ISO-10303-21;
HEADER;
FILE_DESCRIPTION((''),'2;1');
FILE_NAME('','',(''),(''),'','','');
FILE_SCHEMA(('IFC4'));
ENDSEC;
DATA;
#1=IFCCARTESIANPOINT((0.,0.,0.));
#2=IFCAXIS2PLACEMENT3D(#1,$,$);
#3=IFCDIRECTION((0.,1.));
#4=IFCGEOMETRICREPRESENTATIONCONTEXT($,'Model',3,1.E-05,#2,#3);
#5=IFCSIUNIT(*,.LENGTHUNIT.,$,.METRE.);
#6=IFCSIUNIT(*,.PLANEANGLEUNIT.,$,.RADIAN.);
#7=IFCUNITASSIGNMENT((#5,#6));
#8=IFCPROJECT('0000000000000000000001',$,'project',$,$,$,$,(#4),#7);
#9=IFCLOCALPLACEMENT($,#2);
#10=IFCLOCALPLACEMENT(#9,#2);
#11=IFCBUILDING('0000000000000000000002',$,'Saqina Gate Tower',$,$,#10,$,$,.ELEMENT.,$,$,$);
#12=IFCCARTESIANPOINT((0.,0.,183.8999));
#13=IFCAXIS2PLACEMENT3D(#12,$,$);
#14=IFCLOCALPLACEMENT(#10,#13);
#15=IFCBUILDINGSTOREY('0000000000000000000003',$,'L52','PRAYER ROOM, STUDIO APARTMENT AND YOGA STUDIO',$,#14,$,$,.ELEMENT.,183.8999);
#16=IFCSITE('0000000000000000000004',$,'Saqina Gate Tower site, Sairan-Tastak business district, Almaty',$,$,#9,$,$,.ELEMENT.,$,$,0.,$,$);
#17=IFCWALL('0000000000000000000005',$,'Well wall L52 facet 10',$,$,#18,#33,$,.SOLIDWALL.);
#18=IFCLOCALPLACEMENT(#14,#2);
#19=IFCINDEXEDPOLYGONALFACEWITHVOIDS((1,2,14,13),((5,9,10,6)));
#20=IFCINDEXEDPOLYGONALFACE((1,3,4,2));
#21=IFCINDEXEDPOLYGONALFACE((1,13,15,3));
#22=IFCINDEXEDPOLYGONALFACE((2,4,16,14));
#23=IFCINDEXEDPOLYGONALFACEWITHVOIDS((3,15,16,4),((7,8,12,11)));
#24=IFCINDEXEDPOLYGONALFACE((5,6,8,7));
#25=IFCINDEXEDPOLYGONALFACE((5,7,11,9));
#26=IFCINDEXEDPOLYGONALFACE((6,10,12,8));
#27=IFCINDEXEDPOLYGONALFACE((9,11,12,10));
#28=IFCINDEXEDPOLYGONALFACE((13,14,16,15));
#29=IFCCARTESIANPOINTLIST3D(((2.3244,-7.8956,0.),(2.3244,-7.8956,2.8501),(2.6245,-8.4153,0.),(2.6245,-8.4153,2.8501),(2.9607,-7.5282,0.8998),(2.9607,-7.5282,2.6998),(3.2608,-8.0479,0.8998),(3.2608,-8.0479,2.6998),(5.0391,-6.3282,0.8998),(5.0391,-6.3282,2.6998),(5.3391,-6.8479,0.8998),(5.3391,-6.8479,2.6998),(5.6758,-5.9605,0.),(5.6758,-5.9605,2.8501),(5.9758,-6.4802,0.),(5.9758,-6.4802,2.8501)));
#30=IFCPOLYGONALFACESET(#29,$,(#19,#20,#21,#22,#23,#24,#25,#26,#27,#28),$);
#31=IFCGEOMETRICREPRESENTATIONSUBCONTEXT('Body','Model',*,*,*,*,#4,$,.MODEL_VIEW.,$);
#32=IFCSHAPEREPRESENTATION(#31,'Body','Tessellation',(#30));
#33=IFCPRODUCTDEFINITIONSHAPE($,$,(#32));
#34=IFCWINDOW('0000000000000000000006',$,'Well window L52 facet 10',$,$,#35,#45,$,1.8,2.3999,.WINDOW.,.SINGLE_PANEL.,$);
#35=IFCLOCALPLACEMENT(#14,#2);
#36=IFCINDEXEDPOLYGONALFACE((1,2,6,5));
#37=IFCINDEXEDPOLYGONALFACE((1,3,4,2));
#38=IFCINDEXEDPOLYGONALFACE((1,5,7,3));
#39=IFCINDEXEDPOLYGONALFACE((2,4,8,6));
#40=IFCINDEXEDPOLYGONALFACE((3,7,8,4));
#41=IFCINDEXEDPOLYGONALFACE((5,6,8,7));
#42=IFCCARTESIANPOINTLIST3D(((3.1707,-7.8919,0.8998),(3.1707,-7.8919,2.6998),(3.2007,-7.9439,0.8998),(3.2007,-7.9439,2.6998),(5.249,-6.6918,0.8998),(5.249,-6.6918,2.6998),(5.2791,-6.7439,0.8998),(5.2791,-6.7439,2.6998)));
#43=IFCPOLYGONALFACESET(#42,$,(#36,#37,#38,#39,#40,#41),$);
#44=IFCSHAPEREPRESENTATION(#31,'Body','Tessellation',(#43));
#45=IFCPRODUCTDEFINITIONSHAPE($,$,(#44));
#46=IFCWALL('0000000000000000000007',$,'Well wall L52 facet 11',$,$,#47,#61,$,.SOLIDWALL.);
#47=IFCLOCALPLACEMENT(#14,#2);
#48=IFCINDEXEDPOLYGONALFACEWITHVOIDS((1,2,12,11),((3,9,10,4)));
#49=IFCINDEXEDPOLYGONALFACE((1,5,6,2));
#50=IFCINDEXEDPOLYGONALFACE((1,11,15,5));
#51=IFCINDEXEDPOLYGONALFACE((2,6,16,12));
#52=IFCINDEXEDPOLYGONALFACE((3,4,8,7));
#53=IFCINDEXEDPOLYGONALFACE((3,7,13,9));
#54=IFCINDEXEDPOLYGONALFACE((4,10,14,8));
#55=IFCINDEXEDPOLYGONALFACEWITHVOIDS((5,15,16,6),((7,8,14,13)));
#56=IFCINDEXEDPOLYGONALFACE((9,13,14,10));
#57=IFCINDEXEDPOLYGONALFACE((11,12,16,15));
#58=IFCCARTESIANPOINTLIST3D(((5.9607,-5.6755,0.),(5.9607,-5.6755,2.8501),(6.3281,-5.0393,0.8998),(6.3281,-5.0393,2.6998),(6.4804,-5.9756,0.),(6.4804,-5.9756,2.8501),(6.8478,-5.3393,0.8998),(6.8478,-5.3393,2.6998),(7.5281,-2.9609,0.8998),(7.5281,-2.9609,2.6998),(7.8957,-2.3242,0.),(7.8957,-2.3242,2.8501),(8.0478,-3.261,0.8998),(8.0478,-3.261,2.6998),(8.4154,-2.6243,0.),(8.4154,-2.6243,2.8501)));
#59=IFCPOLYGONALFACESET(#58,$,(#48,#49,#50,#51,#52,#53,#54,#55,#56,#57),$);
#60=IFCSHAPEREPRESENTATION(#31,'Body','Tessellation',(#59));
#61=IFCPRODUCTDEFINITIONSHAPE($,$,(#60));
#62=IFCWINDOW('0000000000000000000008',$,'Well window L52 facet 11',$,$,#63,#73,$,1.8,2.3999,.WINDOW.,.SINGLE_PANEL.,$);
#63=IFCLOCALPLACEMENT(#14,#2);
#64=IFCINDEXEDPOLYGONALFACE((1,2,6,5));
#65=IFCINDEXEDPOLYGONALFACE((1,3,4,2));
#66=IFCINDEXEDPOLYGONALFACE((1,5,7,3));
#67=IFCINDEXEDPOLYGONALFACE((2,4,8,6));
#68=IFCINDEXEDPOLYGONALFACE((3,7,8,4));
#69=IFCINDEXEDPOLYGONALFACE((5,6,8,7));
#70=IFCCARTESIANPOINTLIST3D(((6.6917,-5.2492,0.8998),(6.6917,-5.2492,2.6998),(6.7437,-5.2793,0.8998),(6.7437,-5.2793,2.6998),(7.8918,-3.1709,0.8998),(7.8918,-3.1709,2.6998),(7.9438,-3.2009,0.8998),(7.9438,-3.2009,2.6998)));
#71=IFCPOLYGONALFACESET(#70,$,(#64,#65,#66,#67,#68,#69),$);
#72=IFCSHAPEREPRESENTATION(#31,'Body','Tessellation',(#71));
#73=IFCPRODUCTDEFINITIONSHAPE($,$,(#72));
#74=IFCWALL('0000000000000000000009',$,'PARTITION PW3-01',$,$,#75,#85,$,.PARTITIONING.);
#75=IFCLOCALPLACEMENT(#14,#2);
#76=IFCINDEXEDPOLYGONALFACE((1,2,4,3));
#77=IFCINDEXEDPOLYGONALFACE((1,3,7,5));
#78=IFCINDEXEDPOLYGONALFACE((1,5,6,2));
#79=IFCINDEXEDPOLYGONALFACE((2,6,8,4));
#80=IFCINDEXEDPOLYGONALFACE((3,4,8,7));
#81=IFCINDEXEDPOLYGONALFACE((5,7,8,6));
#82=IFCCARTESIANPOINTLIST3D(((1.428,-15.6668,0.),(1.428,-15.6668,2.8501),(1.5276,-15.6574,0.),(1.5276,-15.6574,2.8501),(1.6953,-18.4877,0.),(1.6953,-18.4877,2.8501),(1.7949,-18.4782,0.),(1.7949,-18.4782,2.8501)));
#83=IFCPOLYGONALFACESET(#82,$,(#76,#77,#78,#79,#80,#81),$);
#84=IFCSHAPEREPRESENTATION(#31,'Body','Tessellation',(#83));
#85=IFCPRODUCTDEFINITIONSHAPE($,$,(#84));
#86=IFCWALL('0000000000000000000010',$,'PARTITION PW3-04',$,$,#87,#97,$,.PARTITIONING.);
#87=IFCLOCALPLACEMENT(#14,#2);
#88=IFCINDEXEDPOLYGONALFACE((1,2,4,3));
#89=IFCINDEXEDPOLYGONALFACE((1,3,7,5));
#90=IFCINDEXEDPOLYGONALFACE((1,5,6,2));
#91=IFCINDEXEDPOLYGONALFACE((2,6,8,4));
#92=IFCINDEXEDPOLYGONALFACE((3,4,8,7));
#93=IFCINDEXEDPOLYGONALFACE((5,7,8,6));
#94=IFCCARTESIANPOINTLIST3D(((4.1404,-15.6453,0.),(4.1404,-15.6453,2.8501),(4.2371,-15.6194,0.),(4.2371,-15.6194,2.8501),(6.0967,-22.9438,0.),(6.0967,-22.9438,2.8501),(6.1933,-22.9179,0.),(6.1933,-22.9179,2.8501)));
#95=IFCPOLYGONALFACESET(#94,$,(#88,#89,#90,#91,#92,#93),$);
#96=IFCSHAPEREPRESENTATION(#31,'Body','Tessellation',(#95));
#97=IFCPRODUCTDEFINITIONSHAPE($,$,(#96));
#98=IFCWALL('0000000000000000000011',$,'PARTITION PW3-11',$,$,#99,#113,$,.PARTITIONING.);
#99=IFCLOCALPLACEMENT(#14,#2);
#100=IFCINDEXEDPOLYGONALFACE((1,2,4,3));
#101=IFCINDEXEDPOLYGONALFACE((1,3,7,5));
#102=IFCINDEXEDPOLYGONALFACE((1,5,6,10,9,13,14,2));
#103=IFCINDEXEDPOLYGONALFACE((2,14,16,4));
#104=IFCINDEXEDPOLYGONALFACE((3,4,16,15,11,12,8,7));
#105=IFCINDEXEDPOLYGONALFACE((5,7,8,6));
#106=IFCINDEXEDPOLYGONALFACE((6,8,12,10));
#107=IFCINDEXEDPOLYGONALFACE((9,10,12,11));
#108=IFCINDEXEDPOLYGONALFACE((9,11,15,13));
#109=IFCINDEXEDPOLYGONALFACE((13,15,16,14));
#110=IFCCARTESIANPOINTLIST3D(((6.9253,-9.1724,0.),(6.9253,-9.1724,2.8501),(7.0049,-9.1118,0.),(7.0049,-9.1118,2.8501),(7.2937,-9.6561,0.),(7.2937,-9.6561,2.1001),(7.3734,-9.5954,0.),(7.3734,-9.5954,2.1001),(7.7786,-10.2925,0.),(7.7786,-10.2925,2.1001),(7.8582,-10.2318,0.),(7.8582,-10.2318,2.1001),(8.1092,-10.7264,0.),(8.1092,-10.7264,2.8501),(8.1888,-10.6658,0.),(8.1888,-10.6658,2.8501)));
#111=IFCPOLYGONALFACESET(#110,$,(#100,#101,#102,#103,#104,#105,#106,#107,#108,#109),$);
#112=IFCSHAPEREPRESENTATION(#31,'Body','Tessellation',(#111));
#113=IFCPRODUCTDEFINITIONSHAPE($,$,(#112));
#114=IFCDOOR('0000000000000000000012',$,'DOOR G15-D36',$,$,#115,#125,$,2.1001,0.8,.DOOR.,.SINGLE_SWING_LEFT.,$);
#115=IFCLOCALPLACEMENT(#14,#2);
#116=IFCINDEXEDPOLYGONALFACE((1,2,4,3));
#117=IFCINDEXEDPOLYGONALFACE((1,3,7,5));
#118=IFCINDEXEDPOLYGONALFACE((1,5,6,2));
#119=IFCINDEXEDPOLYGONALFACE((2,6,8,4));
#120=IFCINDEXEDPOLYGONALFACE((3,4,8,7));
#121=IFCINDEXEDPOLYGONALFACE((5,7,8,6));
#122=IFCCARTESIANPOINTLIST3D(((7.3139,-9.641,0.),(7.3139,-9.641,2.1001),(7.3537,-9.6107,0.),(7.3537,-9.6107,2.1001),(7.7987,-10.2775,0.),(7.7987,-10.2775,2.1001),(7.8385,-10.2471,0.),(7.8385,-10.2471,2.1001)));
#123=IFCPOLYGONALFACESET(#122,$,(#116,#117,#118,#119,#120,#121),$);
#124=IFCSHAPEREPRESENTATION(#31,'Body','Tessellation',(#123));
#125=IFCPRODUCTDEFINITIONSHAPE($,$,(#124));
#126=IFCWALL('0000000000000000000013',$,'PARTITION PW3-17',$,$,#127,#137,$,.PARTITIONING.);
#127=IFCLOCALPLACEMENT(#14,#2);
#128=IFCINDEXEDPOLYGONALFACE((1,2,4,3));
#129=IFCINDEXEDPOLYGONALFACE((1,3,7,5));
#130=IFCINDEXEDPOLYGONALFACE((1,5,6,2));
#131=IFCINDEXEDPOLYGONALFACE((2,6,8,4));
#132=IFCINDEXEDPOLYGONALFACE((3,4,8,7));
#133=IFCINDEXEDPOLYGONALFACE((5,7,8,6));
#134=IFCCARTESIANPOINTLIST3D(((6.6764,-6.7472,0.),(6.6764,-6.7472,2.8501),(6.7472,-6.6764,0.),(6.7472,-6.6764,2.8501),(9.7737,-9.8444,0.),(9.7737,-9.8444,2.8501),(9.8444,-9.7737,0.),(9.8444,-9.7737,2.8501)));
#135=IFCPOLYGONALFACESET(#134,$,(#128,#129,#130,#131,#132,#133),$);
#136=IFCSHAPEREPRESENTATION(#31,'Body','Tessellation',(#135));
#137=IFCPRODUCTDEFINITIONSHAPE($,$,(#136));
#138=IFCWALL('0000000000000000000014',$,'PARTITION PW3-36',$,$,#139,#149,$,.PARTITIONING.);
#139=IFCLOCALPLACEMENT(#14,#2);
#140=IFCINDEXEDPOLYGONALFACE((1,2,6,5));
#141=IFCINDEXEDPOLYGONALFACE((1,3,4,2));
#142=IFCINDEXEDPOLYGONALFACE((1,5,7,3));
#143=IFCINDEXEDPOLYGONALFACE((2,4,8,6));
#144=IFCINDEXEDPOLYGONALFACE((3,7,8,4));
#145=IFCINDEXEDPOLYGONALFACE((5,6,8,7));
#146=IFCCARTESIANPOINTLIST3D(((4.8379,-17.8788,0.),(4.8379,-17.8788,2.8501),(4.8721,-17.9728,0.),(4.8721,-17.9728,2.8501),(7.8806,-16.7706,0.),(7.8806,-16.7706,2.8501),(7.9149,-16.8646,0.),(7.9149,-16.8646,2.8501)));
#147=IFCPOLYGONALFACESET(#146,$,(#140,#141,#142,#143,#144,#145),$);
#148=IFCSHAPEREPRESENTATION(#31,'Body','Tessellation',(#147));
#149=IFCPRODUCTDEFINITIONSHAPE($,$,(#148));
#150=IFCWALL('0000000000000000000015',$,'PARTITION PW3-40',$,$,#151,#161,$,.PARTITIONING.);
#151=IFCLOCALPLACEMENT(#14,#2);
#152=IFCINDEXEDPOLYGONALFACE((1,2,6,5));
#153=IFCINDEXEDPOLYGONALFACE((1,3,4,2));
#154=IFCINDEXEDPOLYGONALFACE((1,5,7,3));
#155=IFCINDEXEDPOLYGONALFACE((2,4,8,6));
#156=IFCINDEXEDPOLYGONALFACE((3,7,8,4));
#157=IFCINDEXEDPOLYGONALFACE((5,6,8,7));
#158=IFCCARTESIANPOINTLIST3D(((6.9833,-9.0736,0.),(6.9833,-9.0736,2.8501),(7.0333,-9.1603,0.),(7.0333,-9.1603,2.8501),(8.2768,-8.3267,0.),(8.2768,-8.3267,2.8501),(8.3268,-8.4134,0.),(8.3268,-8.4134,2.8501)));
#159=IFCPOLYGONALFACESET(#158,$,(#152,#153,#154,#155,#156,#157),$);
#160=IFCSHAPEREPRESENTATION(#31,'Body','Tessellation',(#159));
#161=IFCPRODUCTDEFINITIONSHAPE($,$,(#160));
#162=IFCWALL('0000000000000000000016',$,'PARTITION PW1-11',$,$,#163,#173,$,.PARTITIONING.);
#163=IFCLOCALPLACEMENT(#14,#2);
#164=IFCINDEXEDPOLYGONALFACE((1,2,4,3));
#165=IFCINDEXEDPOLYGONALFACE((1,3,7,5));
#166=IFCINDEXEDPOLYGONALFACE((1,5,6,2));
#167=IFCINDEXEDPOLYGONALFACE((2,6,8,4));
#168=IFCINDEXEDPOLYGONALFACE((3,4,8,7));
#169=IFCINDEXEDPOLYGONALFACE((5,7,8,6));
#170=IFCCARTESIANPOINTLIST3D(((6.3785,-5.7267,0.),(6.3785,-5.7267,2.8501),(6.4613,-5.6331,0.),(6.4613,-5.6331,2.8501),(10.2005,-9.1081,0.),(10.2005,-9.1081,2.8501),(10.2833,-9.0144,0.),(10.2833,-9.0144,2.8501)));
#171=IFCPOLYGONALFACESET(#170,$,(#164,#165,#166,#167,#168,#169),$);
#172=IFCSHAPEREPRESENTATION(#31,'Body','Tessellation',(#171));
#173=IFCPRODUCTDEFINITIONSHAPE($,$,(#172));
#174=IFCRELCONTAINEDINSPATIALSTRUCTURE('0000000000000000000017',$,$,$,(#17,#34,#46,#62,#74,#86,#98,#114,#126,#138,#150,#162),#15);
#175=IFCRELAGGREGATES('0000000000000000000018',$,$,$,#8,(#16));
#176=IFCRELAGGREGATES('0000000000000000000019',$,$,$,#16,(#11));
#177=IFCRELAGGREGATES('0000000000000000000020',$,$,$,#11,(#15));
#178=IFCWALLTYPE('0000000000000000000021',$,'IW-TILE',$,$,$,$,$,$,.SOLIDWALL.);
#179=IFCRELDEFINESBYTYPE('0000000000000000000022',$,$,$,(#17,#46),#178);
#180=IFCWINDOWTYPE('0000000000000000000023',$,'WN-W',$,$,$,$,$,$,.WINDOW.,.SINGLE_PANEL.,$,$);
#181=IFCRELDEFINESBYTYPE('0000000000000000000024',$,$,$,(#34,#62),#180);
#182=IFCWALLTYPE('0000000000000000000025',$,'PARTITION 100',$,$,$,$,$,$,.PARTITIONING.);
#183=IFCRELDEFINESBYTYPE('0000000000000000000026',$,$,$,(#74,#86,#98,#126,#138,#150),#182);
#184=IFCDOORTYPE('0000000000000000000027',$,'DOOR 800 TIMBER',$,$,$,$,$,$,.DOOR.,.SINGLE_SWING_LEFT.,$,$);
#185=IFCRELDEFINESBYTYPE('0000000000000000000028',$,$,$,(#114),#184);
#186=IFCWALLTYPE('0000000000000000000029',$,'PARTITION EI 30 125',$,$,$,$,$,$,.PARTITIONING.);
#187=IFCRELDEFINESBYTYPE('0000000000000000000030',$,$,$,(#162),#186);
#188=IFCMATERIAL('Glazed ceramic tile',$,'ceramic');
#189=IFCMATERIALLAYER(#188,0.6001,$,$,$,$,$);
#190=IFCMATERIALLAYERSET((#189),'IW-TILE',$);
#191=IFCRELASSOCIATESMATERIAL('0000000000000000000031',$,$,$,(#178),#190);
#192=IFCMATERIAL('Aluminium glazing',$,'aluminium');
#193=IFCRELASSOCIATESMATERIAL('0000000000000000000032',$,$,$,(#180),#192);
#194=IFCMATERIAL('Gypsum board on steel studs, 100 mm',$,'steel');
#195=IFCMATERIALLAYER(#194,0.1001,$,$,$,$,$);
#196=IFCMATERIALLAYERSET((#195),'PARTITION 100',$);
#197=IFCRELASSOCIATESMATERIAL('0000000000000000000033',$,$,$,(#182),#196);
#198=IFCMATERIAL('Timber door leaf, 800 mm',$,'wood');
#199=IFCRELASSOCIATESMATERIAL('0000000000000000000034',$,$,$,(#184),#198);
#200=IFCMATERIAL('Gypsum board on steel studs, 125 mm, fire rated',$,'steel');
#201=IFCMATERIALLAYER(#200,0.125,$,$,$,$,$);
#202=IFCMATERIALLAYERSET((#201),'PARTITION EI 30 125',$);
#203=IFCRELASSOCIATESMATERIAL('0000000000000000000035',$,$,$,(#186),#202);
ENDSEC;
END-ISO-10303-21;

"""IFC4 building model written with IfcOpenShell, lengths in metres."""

from ifc_helpers import new_model, si_unit, direction, frame, frame_2d, origin, place, context, subcontext, project, spatial, rectangle, extrude, material, layer, layer_set, type_object, element, fill, save


model = new_model("IFC4")

# Units and contexts
model_context = context("Model", 3, precision=1e-05, world=origin(), true_north=direction((0.0, 1.0)))
body_context = subcontext(model_context, "Body", "Model", "MODEL_VIEW")
ifc_project = project(units=[si_unit("LENGTHUNIT", "METRE"), si_unit("PLANEANGLEUNIT", "RADIAN")], contexts=[model_context])

# Site, building, storey
site_placement = place(None, origin())
site = spatial("IfcSite", under=ifc_project, at=site_placement, Name="Saqina Gate Tower site, Sairan-Tastak business district, Almaty", CompositionType="ELEMENT", RefElevation=0.0)
building_placement = place(site_placement, origin())
building = spatial("IfcBuilding", under=site, at=building_placement, Name="Saqina Gate Tower", CompositionType="ELEMENT")
storey_placement = place(building_placement, frame((0.0, 0.0, 183.8999)))
storey = spatial("IfcBuildingStorey", under=building, at=storey_placement, Name="L52", Description="PRAYER ROOM, STUDIO APARTMENT AND YOGA STUDIO", CompositionType="ELEMENT", Elevation=183.8999)

# Walls, openings, windows
ifc_material_1 = material(Name="Glazed ceramic tile", Category="ceramic")
ifc_layer_1 = layer(ifc_material_1, 0.6001)
ifc_layer_set_1 = layer_set([ifc_layer_1], Name="IW-TILE")
wall_type_1 = type_object("IfcWallType", Name="IW-TILE", PredefinedType="SOLIDWALL", material=ifc_layer_set_1)
wall_1_placement = place(storey_placement, frame((2.4744, -8.1555, 0.0), z_axis=(0.0, 0.0, 1.0), x_axis=(0.866006, 0.500034, 0.0)))
wall_1 = element("IfcWall", 1, at=wall_1_placement, inside=storey, type_object=wall_type_1, Name="Well wall L52 facet 10", PredefinedType="SOLIDWALL", context=body_context, shape_type="SweptSolid", body=[
    extrude(rectangle(XDim=3.8699, YDim=0.6001, at=frame_2d((1.9351, 0.0))), origin(), (0.0, 0.0, 1.0), 2.8501),
])
opening_1_placement = place(wall_1_placement, frame((0.7349, 0.0, 0.8999)))
opening_1 = element("IfcOpeningElement", 2, at=opening_1_placement, cuts=wall_1, PredefinedType="OPENING", context=body_context, shape_type="SweptSolid", body=[
    extrude(rectangle(XDim=2.3999, YDim=1.8, at=frame_2d((1.2, 0.8999))), frame((0.0, 0.312, 0.0), z_axis=(0.0, -1.0, 0.0), x_axis=(1.0, 0.0, 0.0)), (0.0, 0.0, 1.0), 0.624),
])
ifc_material_2 = material(Name="Aluminium glazing", Category="aluminium")
window_type_1 = type_object("IfcWindowType", Name="WN-W", PartitioningType="SINGLE_PANEL", PredefinedType="WINDOW", material=ifc_material_2)
window_1_placement = place(opening_1_placement, origin())
window_1 = element("IfcWindow", 3, at=window_1_placement, inside=storey, type_object=window_type_1, Name="Well window L52 facet 10", OverallHeight=1.8, OverallWidth=2.3999, PartitioningType="SINGLE_PANEL", PredefinedType="WINDOW", context=body_context, shape_type="SweptSolid", body=[
    extrude(rectangle(XDim=2.3999, YDim=1.8, at=frame_2d((1.2, 0.8999))), frame((0.0, -0.1199, 0.0), z_axis=(0.0, -1.0, 0.0), x_axis=(1.0, 0.0, 0.0)), (0.0, 0.0, 1.0), 0.0601),
])
fill(opening_1, window_1)
wall_2_placement = place(storey_placement, frame((6.2205, -5.8257, 0.0), z_axis=(0.0, 0.0, 1.0), x_axis=(0.500034, 0.866006, 0.0)))
wall_2 = element("IfcWall", 4, at=wall_2_placement, inside=storey, type_object=wall_type_1, Name="Well wall L52 facet 11", PredefinedType="SOLIDWALL", context=body_context, shape_type="SweptSolid", body=[
    extrude(rectangle(XDim=3.8699, YDim=0.6001, at=frame_2d((1.9351, 0.0))), origin(), (0.0, 0.0, 1.0), 2.8501),
])
opening_2_placement = place(wall_2_placement, frame((0.7349, 0.0, 0.8999)))
opening_2 = element("IfcOpeningElement", 5, at=opening_2_placement, cuts=wall_2, PredefinedType="OPENING", context=body_context, shape_type="SweptSolid", body=[
    extrude(rectangle(XDim=2.3999, YDim=1.8, at=frame_2d((1.2, 0.8999))), frame((0.0, 0.312, 0.0), z_axis=(0.0, -1.0, 0.0), x_axis=(1.0, 0.0, 0.0)), (0.0, 0.0, 1.0), 0.624),
])
window_2_placement = place(opening_2_placement, origin())
window_2 = element("IfcWindow", 6, at=window_2_placement, inside=storey, type_object=window_type_1, Name="Well window L52 facet 11", OverallHeight=1.8, OverallWidth=2.3999, PartitioningType="SINGLE_PANEL", PredefinedType="WINDOW", context=body_context, shape_type="SweptSolid", body=[
    extrude(rectangle(XDim=2.3999, YDim=1.8, at=frame_2d((1.2, 0.8999))), frame((0.0, -0.1199, 0.0), z_axis=(0.0, -1.0, 0.0), x_axis=(1.0, 0.0, 0.0)), (0.0, 0.0, 1.0), 0.0601),
])
fill(opening_2, window_2)

# Walls
ifc_material_3 = material(Name="Gypsum board on steel studs, 100 mm", Category="steel")
ifc_layer_2 = layer(ifc_material_3, 0.1001)
ifc_layer_set_2 = layer_set([ifc_layer_2], Name="PARTITION 100")
wall_type_2 = type_object("IfcWallType", Name="PARTITION 100", PredefinedType="PARTITIONING", material=ifc_layer_set_2)
wall_3_placement = place(storey_placement, frame((1.4778, -15.6621, 0.0), z_axis=(0.0, 0.0, 1.0), x_axis=(0.09435, -0.995539, 0.0)))
element("IfcWall", 7, at=wall_3_placement, inside=storey, type_object=wall_type_2, Name="PARTITION PW3-01", PredefinedType="PARTITIONING", context=body_context, shape_type="SweptSolid", body=[
    extrude(rectangle(XDim=2.8335, YDim=0.1001, at=frame_2d((1.4167, 0.0))), origin(), (0.0, 0.0, 1.0), 2.8501),
])
wall_4_placement = place(storey_placement, frame((4.1887, -15.6323, 0.0), z_axis=(0.0, 0.0, 1.0), x_axis=(0.258899, -0.965904, 0.0)))
element("IfcWall", 8, at=wall_4_placement, inside=storey, type_object=wall_type_2, Name="PARTITION PW3-04", PredefinedType="PARTITIONING", context=body_context, shape_type="SweptSolid", body=[
    extrude(rectangle(XDim=7.5562, YDim=0.1001, at=frame_2d((3.7781, 0.0))), origin(), (0.0, 0.0, 1.0), 2.8501),
])

# Wall, opening, door
wall_5_placement = place(storey_placement, frame((6.9651, -9.1421, 0.0), z_axis=(0.0, 0.0, 1.0), x_axis=(0.606002, -0.795463, 0.0)))
wall_5 = element("IfcWall", 9, at=wall_5_placement, inside=storey, type_object=wall_type_2, Name="PARTITION PW3-11", PredefinedType="PARTITIONING", context=body_context, shape_type="SweptSolid", body=[
    extrude(rectangle(XDim=1.9536, YDim=0.1001, at=frame_2d((0.9768, 0.0))), origin(), (0.0, 0.0, 1.0), 2.8501),
])
opening_3_placement = place(wall_5_placement, frame((0.6082, 0.0, 0.0)))
opening_3 = element("IfcOpeningElement", 10, at=opening_3_placement, cuts=wall_5, PredefinedType="OPENING", context=body_context, shape_type="SweptSolid", body=[
    extrude(rectangle(XDim=0.8, YDim=2.1001, at=frame_2d((0.3999, 1.05))), frame((0.0, 0.062, 0.0), z_axis=(0.0, -1.0, 0.0), x_axis=(1.0, 0.0, 0.0)), (0.0, 0.0, 1.0), 0.124),
])
ifc_material_4 = material(Name="Timber door leaf, 800 mm", Category="wood")
door_type_1 = type_object("IfcDoorType", Name="DOOR 800 TIMBER", OperationType="SINGLE_SWING_LEFT", PredefinedType="DOOR", material=ifc_material_4)
door_1_placement = place(opening_3_placement, frame((0.8, 0.0, 0.0), z_axis=(0.0, 0.0, 1.0), x_axis=(-1.0, 0.0, 0.0)))
door_1 = element("IfcDoor", 11, at=door_1_placement, inside=storey, type_object=door_type_1, Name="DOOR G15-D36", OperationType="SINGLE_SWING_LEFT", OverallHeight=2.1001, OverallWidth=0.8, PredefinedType="DOOR", context=body_context, shape_type="SweptSolid", body=[
    extrude(rectangle(XDim=0.8, YDim=2.1001, at=frame_2d((0.3999, 1.05))), frame((0.0, 0.0249, 0.0), z_axis=(0.0, -1.0, 0.0), x_axis=(1.0, 0.0, 0.0)), (0.0, 0.0, 1.0), 0.05),
])
fill(opening_3, door_1)

# Walls
wall_6_placement = place(storey_placement, frame((6.7119, -6.7119, 0.0), z_axis=(0.0, 0.0, 1.0), x_axis=(0.707107, -0.707107, 0.0)))
element("IfcWall", 12, at=wall_6_placement, inside=storey, type_object=wall_type_2, Name="PARTITION PW3-17", PredefinedType="PARTITIONING", context=body_context, shape_type="SweptSolid", body=[
    extrude(rectangle(XDim=4.3801, YDim=0.1001, at=frame_2d((2.1899, 0.0))), origin(), (0.0, 0.0, 1.0), 2.8501),
])
wall_7_placement = place(storey_placement, frame((4.855, -17.9258, 0.0), z_axis=(0.0, 0.0, 1.0), x_axis=(0.939624, 0.342209, 0.0)))
element("IfcWall", 13, at=wall_7_placement, inside=storey, type_object=wall_type_2, Name="PARTITION PW3-36", PredefinedType="PARTITIONING", context=body_context, shape_type="SweptSolid", body=[
    extrude(rectangle(XDim=3.2383, YDim=0.1001, at=frame_2d((1.6191, 0.0))), origin(), (0.0, 0.0, 1.0), 2.8501),
])
wall_8_placement = place(storey_placement, frame((7.0083, -9.1169, 0.0), z_axis=(0.0, 0.0, 1.0), x_axis=(0.866011, 0.500024, 0.0)))
element("IfcWall", 14, at=wall_8_placement, inside=storey, type_object=wall_type_2, Name="PARTITION PW3-40", PredefinedType="PARTITIONING", context=body_context, shape_type="SweptSolid", body=[
    extrude(rectangle(XDim=1.4937, YDim=0.1001, at=frame_2d((0.7468, 0.0))), origin(), (0.0, 0.0, 1.0), 2.8501),
])
ifc_material_5 = material(Name="Gypsum board on steel studs, 125 mm, fire rated", Category="steel")
ifc_layer_3 = layer(ifc_material_5, 0.125)
ifc_layer_set_3 = layer_set([ifc_layer_3], Name="PARTITION EI 30 125")
wall_type_3 = type_object("IfcWallType", Name="PARTITION EI 30 125", PredefinedType="PARTITIONING", material=ifc_layer_set_3)
wall_9_placement = place(storey_placement, frame((6.4199, -5.6799, 0.0), z_axis=(0.0, 0.0, 1.0), x_axis=(0.748965, -0.66261, 0.0)))
element("IfcWall", 15, at=wall_9_placement, inside=storey, type_object=wall_type_3, Name="PARTITION PW1-11", PredefinedType="PARTITIONING", context=body_context, shape_type="SweptSolid", body=[
    extrude(rectangle(XDim=5.103, YDim=0.125, at=frame_2d((2.5515, 0.0))), origin(), (0.0, 0.0, 1.0), 2.8501),
])

save(model, "model.ifc")
